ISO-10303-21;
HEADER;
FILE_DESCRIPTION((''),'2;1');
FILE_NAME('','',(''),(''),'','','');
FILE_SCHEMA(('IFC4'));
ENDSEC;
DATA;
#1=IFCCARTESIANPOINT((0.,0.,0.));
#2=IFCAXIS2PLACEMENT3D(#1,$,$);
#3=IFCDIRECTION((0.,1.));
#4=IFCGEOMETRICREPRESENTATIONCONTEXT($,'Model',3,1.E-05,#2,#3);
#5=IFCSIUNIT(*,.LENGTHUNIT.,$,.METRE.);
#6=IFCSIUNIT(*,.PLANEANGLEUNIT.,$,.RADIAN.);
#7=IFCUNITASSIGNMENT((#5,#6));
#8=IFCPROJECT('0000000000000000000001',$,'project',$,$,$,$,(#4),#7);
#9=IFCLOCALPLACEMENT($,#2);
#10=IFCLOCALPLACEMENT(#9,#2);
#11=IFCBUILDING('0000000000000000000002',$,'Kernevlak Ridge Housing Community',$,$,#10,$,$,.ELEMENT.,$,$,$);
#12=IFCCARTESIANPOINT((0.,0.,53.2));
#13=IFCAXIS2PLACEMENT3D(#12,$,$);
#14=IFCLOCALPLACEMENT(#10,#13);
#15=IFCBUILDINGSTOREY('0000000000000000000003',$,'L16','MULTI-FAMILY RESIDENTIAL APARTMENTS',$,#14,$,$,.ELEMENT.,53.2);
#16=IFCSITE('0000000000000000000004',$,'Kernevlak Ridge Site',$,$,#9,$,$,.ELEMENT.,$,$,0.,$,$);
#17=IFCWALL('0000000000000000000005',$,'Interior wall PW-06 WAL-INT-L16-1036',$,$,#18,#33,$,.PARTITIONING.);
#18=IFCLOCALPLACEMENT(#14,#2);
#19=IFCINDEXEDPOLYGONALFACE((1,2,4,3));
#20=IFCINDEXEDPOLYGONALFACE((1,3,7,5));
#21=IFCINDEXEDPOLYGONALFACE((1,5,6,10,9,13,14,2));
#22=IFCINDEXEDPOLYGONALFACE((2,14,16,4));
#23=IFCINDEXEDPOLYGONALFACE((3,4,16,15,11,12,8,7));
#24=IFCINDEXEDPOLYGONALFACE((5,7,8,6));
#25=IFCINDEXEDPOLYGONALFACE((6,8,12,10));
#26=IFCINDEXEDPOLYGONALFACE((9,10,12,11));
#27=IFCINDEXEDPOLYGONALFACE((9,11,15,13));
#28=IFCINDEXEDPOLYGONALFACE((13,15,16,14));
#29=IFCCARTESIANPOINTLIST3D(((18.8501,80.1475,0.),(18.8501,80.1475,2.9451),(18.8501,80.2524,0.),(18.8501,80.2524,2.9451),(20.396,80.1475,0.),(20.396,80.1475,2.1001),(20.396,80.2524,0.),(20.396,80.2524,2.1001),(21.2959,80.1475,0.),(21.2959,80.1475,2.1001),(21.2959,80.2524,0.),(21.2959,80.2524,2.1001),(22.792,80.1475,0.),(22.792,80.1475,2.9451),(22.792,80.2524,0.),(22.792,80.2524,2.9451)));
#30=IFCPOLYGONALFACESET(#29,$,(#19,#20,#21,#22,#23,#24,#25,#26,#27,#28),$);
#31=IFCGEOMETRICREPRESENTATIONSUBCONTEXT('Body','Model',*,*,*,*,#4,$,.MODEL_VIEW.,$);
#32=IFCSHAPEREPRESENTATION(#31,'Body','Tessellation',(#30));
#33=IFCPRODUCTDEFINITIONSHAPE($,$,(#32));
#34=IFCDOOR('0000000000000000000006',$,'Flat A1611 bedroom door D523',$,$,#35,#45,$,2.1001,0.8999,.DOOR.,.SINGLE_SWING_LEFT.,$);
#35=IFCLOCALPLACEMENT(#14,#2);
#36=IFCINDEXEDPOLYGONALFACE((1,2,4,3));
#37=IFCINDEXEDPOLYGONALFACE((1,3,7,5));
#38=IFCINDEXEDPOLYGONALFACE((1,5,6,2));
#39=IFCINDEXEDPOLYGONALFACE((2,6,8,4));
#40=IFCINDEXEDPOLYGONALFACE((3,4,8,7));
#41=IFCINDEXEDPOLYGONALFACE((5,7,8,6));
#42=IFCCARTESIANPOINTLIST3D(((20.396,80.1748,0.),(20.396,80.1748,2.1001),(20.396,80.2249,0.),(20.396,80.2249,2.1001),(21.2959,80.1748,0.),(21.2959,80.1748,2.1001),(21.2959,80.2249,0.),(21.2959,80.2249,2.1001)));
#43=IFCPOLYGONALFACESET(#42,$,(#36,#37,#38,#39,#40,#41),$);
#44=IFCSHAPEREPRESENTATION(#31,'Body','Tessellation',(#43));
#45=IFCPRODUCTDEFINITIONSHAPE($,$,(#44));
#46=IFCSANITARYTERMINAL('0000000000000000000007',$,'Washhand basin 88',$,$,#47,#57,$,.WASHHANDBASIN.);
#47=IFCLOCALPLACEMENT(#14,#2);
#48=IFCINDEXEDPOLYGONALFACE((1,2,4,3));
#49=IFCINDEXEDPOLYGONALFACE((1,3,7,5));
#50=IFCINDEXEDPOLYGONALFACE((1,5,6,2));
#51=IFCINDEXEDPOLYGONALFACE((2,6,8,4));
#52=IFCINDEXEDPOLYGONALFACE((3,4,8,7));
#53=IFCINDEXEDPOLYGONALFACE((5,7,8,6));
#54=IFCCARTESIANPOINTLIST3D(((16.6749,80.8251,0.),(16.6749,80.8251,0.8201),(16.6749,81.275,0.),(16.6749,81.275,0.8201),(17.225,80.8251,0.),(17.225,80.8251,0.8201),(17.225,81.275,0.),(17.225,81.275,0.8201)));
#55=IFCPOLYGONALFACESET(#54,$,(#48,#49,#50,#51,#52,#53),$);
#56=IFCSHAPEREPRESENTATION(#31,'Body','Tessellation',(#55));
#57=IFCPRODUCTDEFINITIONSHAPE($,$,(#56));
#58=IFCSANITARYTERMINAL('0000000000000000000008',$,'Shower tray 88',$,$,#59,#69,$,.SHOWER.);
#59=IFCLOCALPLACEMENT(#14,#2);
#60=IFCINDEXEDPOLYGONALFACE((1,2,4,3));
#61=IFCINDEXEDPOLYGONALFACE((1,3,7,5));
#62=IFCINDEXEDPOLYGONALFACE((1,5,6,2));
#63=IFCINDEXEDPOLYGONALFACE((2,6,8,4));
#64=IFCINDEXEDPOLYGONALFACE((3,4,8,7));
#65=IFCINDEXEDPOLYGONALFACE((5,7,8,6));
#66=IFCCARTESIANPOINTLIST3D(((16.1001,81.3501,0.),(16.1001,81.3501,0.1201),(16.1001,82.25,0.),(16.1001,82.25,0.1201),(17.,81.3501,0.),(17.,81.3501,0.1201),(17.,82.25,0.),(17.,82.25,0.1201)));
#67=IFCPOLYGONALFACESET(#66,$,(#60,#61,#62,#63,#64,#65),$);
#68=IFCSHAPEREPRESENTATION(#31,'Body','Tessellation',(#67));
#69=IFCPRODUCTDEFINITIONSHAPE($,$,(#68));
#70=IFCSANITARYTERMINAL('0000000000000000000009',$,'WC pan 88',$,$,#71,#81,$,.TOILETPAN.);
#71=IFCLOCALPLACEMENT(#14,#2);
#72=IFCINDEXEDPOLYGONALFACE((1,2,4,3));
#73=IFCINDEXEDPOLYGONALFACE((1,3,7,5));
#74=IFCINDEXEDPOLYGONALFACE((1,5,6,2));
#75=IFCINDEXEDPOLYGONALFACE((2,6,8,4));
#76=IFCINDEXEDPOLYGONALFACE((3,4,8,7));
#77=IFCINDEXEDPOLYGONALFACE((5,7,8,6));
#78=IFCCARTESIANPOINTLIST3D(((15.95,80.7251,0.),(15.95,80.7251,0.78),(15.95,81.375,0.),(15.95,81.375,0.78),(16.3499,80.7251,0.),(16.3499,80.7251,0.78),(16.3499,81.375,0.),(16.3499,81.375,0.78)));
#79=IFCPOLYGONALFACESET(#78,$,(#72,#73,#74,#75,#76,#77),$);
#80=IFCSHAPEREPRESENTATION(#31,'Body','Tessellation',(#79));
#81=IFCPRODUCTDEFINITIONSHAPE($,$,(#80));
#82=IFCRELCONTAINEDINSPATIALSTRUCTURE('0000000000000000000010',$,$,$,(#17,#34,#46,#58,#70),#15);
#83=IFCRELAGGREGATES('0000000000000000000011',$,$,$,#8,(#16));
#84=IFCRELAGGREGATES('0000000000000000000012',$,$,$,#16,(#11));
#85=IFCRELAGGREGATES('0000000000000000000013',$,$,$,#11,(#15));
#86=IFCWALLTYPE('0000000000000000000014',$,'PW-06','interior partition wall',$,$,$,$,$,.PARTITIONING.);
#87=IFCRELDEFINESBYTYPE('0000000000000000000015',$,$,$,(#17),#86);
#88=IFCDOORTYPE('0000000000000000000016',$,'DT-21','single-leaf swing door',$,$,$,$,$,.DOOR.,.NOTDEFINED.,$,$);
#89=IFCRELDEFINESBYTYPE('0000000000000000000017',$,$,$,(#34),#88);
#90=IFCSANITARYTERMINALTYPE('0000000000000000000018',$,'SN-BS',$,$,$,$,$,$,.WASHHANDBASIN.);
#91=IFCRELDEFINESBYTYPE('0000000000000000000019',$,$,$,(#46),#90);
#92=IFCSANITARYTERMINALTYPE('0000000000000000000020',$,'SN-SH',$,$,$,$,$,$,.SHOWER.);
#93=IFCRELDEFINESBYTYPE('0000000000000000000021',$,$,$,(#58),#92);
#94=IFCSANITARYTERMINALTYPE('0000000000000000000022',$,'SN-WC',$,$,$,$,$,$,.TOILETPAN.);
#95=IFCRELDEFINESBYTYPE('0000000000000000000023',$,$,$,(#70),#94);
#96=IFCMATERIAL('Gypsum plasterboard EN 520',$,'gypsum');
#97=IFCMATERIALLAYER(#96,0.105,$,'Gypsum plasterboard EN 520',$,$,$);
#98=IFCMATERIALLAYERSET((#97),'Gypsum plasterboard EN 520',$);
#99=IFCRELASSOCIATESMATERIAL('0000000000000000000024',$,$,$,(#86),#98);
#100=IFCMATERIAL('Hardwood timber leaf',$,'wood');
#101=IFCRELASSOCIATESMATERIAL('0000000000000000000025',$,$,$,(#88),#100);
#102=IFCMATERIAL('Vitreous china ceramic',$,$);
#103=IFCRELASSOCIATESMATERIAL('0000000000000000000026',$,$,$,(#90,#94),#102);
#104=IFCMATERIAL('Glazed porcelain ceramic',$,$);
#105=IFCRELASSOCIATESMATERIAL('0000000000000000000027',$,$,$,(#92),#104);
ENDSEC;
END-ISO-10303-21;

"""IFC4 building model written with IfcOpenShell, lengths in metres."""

from ifc_helpers import new_model, si_unit, direction, frame, frame_2d, origin, origin_2d, place, context, subcontext, project, spatial, rectangle, extrude, material, layer, layer_set, type_object, element, fill, save


model = new_model("IFC4")

# Units and contexts
model_context = context("Model", 3, precision=1e-05, world=origin(), true_north=direction((0.0, 1.0)))
body_context = subcontext(model_context, "Body", "Model", "MODEL_VIEW")
ifc_project = project(units=[si_unit("LENGTHUNIT", "METRE"), si_unit("PLANEANGLEUNIT", "RADIAN")], contexts=[model_context])

# Site, building, storey
site_placement = place(None, origin())
site = spatial("IfcSite", under=ifc_project, at=site_placement, Name="Kernevlak Ridge Site", CompositionType="ELEMENT", RefElevation=0.0)
building_placement = place(site_placement, origin())
building = spatial("IfcBuilding", under=site, at=building_placement, Name="Kernevlak Ridge Housing Community", CompositionType="ELEMENT")
storey_placement = place(building_placement, frame((0.0, 0.0, 53.2)))
storey = spatial("IfcBuildingStorey", under=building, at=storey_placement, Name="L16", Description="MULTI-FAMILY RESIDENTIAL APARTMENTS", CompositionType="ELEMENT", Elevation=53.2)

# Shared definitions
ifc_material_1 = material(Name="Hardwood timber leaf", Category="wood")

# Shared definitions
ifc_material_2 = material(Name="Gypsum plasterboard EN 520", Category="gypsum")

# Wall, opening, door
ifc_layer_1 = layer(ifc_material_2, 0.105, Name="Gypsum plasterboard EN 520")
ifc_layer_set_1 = layer_set([ifc_layer_1], Name="Gypsum plasterboard EN 520")
wall_type_1 = type_object("IfcWallType", Name="PW-06", Description="interior partition wall", PredefinedType="PARTITIONING", material=ifc_layer_set_1)
wall_1_placement = place(storey_placement, frame((18.8501, 80.2, 0.0), z_axis=(0.0, 0.0, 1.0), x_axis=(1.0, 0.0, 0.0)))
wall_1 = element("IfcWall", 1, at=wall_1_placement, inside=storey, type_object=wall_type_1, Name="Interior wall PW-06 WAL-INT-L16-1036", PredefinedType="PARTITIONING", context=body_context, shape_type="SweptSolid", body=[
    extrude(rectangle(XDim=3.9419, YDim=0.105, at=frame_2d((1.9709, 0.0))), origin(), (0.0, 0.0, 1.0), 2.9451),
])
opening_1_placement = place(wall_1_placement, frame((1.5459, 0.0, 0.0)))
opening_1 = element("IfcOpeningElement", 2, at=opening_1_placement, cuts=wall_1, PredefinedType="OPENING", context=body_context, shape_type="SweptSolid", body=[
    extrude(rectangle(XDim=0.8999, YDim=2.1001, at=frame_2d((0.45, 1.05))), frame((0.0, 0.0625, 0.0), z_axis=(0.0, -1.0, 0.0), x_axis=(1.0, 0.0, 0.0)), (0.0, 0.0, 1.0), 0.125),
])
door_type_1 = type_object("IfcDoorType", Name="DT-21", Description="single-leaf swing door", OperationType="NOTDEFINED", PredefinedType="DOOR", material=ifc_material_1)
door_1_placement = place(opening_1_placement, origin())
door_1 = element("IfcDoor", 3, at=door_1_placement, inside=storey, type_object=door_type_1, Name="Flat A1611 bedroom door D523", OperationType="SINGLE_SWING_LEFT", OverallHeight=2.1001, OverallWidth=0.8999, PredefinedType="DOOR", context=body_context, shape_type="SweptSolid", body=[
    extrude(rectangle(XDim=0.8999, YDim=2.1001, at=frame_2d((0.45, 1.05))), frame((0.0, 0.0249, 0.0), z_axis=(0.0, -1.0, 0.0), x_axis=(1.0, 0.0, 0.0)), (0.0, 0.0, 1.0), 0.05),
])
fill(opening_1, door_1)

# Sanitary terminals
ifc_material_3 = material(Name="Vitreous china ceramic")
sanitary_terminal_type_1 = type_object("IfcSanitaryTerminalType", Name="SN-BS", PredefinedType="WASHHANDBASIN", material=ifc_material_3)
sanitary_terminal_1_placement = place(storey_placement, frame((16.95, 81.05, 0.0), z_axis=(0.0, 0.0, 1.0), x_axis=(1.0, 0.0, 0.0)))
element("IfcSanitaryTerminal", 4, at=sanitary_terminal_1_placement, inside=storey, type_object=sanitary_terminal_type_1, Name="Washhand basin 88", PredefinedType="WASHHANDBASIN", context=body_context, shape_type="SweptSolid", body=[
    extrude(rectangle(XDim=0.55, YDim=0.45, at=origin_2d()), origin(), (0.0, 0.0, 1.0), 0.8201),
])
ifc_material_4 = material(Name="Glazed porcelain ceramic")
sanitary_terminal_type_2 = type_object("IfcSanitaryTerminalType", Name="SN-SH", PredefinedType="SHOWER", material=ifc_material_4)
sanitary_terminal_2_placement = place(storey_placement, frame((16.55, 81.8, 0.0), z_axis=(0.0, 0.0, 1.0), x_axis=(1.0, 0.0, 0.0)))
element("IfcSanitaryTerminal", 5, at=sanitary_terminal_2_placement, inside=storey, type_object=sanitary_terminal_type_2, Name="Shower tray 88", PredefinedType="SHOWER", context=body_context, shape_type="SweptSolid", body=[
    extrude(rectangle(XDim=0.8999, YDim=0.8999, at=origin_2d()), origin(), (0.0, 0.0, 1.0), 0.1201),
])
sanitary_terminal_type_3 = type_object("IfcSanitaryTerminalType", Name="SN-WC", PredefinedType="TOILETPAN", material=ifc_material_3)
sanitary_terminal_3_placement = place(storey_placement, frame((16.1499, 81.05, 0.0), z_axis=(0.0, 0.0, 1.0), x_axis=(1.0, 0.0, 0.0)))
element("IfcSanitaryTerminal", 6, at=sanitary_terminal_3_placement, inside=storey, type_object=sanitary_terminal_type_3, Name="WC pan 88", PredefinedType="TOILETPAN", context=body_context, shape_type="SweptSolid", body=[
    extrude(rectangle(XDim=0.3999, YDim=0.6499, at=origin_2d()), origin(), (0.0, 0.0, 1.0), 0.78),
])

save(model, "model.ifc")
